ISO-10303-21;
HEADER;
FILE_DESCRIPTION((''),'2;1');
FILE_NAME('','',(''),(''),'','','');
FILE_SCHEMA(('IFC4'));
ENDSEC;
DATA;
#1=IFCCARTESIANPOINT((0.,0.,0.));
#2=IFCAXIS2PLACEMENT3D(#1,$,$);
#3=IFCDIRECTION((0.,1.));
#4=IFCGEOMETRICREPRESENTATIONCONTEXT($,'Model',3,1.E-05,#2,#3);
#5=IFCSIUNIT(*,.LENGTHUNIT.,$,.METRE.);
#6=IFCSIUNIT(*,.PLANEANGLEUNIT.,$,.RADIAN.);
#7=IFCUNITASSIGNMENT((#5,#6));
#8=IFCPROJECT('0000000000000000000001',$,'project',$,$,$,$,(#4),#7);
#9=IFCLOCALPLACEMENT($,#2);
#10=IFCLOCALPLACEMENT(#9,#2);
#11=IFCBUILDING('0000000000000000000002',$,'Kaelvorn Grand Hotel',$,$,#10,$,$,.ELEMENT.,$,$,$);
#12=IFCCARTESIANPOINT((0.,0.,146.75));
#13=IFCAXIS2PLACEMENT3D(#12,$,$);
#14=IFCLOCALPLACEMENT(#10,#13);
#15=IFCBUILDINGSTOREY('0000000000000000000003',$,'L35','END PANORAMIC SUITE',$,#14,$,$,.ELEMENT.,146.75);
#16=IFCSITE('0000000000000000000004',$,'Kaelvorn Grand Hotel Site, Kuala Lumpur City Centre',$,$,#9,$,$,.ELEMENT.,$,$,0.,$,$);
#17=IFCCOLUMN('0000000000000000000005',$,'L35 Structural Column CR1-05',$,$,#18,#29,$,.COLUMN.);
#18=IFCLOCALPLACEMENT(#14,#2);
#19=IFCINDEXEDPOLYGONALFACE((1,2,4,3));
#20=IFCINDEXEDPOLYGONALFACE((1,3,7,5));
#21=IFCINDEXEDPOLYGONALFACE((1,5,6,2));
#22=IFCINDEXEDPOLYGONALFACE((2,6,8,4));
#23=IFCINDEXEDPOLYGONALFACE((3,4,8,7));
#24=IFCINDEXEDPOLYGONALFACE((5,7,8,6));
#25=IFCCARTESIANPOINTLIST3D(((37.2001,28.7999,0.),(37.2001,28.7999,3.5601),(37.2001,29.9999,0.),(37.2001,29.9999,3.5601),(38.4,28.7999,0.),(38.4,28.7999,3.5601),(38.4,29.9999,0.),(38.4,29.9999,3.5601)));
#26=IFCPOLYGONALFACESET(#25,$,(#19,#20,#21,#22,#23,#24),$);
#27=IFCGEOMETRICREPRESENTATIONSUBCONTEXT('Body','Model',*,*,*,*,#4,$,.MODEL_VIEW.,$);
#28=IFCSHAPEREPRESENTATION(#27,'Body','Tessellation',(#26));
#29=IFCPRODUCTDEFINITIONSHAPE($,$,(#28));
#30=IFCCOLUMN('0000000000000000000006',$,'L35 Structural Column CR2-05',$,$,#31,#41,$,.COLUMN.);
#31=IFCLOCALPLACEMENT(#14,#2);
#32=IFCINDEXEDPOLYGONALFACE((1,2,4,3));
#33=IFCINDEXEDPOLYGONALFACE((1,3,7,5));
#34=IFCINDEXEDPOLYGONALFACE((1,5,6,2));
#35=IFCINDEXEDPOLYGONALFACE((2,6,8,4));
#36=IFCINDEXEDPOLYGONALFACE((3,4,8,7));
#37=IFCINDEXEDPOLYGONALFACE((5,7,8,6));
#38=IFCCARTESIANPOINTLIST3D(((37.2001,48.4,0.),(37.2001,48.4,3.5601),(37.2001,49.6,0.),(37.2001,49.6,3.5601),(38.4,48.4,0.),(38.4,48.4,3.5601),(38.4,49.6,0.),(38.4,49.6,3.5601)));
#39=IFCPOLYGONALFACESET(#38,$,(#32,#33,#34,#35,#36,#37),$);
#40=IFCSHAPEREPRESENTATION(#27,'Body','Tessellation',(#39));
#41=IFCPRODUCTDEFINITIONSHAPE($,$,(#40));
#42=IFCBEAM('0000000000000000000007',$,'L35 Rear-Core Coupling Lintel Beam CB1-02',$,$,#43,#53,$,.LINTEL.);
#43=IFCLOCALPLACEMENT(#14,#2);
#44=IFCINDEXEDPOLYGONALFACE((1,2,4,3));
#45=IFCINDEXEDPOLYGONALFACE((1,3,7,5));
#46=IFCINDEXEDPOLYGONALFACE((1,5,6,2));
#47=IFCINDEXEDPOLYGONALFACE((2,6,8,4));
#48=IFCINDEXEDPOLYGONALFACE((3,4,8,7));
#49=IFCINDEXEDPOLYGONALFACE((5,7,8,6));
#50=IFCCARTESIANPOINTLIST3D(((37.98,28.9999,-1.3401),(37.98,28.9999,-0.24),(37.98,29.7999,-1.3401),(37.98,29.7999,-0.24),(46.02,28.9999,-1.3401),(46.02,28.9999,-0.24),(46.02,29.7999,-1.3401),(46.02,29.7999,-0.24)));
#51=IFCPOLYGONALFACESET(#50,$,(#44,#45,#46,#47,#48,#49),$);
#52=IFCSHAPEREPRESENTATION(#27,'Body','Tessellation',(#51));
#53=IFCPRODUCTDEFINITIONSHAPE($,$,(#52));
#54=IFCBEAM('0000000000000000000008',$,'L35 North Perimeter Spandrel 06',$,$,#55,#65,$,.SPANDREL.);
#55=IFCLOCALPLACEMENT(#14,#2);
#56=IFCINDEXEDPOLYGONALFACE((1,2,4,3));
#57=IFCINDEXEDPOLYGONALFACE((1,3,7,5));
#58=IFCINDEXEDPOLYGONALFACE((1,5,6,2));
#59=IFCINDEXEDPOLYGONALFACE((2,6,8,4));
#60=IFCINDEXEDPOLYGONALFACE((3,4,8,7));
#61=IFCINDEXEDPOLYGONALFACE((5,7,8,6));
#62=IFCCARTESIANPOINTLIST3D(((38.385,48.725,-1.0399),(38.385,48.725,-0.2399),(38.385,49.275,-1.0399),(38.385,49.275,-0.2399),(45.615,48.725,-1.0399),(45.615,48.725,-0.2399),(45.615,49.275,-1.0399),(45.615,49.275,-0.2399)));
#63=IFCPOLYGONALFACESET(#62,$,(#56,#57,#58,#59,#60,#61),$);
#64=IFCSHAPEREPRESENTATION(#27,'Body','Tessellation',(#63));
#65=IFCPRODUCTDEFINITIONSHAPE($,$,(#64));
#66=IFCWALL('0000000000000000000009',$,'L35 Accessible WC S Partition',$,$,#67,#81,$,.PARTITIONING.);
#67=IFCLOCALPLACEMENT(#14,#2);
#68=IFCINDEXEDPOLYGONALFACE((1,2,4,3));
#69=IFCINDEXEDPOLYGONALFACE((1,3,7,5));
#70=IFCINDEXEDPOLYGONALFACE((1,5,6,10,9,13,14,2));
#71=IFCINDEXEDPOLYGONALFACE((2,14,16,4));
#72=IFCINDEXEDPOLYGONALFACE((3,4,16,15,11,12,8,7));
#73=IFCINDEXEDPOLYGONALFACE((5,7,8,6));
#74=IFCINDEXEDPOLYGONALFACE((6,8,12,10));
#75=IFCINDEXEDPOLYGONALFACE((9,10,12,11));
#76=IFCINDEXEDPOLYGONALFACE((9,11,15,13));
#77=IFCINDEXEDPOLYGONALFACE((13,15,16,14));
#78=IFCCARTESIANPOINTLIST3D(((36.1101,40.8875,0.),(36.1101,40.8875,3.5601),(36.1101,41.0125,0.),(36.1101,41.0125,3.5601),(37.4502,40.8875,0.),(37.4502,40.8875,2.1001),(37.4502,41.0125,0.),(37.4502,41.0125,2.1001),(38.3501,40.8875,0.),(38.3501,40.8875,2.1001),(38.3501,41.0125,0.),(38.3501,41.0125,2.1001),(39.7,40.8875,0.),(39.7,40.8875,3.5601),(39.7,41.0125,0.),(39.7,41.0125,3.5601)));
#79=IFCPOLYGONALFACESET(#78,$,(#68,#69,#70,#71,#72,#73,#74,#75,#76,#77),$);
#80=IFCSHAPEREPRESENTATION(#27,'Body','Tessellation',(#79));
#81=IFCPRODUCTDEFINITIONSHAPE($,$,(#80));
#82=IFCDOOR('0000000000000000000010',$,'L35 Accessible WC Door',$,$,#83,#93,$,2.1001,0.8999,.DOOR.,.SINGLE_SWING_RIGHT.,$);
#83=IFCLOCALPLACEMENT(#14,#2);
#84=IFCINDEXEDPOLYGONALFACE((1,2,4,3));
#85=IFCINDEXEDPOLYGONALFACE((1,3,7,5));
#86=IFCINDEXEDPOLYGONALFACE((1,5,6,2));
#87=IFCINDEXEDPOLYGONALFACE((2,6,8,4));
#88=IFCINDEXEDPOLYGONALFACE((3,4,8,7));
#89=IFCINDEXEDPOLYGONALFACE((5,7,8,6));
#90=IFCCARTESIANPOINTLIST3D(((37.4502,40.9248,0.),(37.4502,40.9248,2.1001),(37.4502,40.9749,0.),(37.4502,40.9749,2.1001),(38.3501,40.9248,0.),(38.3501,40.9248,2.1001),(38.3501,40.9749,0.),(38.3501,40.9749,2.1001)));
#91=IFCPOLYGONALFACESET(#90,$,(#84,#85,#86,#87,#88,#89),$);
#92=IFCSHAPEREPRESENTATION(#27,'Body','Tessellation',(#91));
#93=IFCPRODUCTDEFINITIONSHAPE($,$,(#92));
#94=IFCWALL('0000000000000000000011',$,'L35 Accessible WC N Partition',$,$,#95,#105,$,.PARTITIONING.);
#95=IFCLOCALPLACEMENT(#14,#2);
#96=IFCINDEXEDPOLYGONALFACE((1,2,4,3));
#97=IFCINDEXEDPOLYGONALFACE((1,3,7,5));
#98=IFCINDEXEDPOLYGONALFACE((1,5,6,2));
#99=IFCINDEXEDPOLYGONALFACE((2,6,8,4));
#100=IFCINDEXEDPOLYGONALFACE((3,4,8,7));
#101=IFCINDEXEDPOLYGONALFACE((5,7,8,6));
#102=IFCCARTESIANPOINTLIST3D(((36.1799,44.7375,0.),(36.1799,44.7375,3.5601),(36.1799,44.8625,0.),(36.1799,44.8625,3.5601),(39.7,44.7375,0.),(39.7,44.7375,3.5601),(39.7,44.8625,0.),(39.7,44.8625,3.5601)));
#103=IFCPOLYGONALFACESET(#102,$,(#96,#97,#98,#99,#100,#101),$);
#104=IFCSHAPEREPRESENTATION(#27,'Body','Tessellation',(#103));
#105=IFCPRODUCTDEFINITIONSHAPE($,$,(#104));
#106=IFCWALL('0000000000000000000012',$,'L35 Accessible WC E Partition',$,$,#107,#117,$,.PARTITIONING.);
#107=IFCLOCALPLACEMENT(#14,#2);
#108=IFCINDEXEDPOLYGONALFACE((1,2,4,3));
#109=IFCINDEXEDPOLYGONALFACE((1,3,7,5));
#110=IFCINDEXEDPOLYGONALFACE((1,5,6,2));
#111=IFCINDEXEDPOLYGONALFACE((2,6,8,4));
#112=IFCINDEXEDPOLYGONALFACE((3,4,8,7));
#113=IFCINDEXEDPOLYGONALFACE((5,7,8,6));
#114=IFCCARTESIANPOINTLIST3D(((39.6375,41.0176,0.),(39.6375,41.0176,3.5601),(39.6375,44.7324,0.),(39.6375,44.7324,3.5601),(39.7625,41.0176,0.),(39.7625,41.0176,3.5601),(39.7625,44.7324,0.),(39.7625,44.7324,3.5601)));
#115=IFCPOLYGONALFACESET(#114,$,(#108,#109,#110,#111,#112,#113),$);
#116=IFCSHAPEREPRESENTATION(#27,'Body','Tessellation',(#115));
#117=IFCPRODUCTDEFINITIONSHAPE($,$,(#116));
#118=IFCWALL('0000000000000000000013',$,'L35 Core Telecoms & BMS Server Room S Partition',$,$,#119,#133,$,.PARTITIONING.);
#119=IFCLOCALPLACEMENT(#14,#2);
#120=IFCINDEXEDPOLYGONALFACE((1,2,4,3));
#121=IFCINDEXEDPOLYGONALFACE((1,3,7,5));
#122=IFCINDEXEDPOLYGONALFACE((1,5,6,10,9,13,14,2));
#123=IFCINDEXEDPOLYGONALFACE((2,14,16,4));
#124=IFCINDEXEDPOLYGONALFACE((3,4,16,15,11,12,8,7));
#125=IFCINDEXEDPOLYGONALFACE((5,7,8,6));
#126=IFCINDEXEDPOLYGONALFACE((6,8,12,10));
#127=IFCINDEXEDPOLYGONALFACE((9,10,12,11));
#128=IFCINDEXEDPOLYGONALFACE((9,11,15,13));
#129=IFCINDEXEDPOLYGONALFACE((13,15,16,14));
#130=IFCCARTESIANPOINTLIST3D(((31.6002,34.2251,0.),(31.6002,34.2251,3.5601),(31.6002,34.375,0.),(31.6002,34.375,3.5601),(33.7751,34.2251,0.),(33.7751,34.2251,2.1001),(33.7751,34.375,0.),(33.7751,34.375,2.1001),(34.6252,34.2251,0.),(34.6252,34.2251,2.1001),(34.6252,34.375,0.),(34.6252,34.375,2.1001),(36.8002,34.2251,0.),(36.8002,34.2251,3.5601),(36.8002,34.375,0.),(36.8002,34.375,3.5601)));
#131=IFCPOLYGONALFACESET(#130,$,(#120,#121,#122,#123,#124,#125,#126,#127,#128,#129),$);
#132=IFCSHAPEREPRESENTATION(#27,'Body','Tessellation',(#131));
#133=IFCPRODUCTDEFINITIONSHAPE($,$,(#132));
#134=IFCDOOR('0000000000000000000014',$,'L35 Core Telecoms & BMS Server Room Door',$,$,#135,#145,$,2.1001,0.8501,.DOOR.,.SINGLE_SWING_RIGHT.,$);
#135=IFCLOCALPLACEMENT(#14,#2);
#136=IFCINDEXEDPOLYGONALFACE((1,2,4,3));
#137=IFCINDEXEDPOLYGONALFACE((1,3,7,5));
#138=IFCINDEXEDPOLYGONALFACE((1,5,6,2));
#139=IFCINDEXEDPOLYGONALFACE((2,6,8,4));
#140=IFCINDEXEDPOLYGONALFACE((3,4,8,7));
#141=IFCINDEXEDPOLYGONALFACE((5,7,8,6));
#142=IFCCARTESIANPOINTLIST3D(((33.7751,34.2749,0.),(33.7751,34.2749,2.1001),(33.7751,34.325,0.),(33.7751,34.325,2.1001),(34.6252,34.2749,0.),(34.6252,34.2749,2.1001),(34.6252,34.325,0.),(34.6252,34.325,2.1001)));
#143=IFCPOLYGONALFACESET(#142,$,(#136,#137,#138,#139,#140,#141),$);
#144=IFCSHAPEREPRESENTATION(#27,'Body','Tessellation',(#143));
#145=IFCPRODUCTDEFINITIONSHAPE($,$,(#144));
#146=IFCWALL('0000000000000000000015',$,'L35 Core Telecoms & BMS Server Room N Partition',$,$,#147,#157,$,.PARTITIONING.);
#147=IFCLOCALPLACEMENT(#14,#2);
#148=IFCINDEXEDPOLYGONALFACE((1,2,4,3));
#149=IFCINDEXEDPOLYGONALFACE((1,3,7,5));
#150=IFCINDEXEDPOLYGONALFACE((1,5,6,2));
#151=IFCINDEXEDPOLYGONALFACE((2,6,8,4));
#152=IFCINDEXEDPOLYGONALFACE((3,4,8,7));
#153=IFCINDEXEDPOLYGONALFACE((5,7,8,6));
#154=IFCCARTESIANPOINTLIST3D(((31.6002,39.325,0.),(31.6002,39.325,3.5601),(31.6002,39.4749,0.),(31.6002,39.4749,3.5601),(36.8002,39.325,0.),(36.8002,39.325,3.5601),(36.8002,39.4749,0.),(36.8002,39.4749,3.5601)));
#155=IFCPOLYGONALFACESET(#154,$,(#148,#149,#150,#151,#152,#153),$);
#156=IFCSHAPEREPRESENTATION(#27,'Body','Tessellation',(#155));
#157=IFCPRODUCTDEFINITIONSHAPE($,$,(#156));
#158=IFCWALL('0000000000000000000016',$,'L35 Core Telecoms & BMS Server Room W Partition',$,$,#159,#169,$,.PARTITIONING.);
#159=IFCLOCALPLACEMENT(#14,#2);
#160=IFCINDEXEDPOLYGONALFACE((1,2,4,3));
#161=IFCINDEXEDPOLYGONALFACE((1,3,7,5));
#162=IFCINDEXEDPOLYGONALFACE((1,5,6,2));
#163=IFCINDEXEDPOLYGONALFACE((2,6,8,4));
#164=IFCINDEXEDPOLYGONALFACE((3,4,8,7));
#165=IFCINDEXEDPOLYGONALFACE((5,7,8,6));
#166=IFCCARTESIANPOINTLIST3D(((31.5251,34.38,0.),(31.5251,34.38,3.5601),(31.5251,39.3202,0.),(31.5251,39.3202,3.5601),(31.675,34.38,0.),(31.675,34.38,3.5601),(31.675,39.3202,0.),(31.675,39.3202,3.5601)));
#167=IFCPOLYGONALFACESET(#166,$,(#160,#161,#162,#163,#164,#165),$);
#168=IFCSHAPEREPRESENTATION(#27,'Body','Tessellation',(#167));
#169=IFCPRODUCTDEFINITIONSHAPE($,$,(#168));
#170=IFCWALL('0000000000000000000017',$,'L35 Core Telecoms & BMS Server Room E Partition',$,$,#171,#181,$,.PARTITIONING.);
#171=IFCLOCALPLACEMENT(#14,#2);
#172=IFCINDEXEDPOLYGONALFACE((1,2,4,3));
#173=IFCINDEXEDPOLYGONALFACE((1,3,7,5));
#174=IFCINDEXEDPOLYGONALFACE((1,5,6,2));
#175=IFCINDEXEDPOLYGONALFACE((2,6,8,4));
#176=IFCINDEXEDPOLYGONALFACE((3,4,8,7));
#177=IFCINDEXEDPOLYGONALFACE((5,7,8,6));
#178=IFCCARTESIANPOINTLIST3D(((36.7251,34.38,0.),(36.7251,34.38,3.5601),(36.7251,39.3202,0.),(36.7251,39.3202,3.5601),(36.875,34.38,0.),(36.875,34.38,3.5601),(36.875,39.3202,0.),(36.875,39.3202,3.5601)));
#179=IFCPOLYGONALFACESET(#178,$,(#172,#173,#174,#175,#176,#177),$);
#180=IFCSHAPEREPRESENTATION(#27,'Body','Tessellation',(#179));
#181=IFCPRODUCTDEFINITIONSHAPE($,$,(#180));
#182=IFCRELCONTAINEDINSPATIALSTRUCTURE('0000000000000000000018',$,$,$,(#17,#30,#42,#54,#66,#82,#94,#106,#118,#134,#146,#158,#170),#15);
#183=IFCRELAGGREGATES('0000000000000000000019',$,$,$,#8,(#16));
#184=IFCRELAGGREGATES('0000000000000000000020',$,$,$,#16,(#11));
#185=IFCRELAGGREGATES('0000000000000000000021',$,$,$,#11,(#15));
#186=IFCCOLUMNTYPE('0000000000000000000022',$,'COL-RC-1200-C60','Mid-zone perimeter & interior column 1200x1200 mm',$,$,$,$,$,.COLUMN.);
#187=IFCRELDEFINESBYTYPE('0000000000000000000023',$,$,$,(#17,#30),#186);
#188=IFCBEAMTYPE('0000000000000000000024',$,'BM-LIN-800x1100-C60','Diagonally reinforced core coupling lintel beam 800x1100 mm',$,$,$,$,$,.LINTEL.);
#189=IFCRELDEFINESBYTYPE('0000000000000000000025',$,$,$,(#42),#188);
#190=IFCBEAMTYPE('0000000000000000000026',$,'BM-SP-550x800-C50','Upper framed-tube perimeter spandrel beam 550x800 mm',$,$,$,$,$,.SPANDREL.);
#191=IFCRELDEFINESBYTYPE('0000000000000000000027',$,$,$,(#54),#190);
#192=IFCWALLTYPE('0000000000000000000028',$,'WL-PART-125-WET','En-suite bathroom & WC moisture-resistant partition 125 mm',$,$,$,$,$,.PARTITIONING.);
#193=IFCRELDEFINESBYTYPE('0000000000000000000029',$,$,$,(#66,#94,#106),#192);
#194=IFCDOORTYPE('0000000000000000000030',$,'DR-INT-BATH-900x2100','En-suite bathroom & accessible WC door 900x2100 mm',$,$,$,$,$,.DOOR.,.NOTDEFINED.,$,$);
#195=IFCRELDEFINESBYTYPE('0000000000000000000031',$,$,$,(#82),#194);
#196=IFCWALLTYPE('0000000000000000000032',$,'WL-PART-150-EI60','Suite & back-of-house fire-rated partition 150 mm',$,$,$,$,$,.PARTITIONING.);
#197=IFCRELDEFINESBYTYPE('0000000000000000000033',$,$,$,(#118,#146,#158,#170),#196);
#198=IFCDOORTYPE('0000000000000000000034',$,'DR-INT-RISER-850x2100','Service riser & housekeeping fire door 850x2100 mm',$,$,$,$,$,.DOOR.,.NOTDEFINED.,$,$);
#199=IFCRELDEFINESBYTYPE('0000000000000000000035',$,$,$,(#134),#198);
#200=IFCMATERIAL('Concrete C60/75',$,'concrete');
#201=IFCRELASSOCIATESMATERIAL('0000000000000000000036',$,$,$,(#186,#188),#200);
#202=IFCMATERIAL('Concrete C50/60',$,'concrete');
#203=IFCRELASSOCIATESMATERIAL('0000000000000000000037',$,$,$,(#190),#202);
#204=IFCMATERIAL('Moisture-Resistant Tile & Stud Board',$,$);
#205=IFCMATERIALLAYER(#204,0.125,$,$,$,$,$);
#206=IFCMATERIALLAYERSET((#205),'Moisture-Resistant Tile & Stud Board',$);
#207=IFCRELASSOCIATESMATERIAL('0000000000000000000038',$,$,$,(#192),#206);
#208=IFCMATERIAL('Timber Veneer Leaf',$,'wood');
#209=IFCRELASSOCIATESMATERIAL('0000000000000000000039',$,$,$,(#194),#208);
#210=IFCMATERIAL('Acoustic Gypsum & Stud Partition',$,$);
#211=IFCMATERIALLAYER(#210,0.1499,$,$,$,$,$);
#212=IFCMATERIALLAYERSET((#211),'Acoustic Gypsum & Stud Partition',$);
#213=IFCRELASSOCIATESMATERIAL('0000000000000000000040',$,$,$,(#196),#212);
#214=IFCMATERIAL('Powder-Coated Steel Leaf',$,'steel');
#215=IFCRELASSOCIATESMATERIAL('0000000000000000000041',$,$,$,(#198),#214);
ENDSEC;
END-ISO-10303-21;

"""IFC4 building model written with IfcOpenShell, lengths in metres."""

from ifc_helpers import new_model, si_unit, direction, frame, frame_2d, origin, origin_2d, place, context, subcontext, project, spatial, rectangle, extrude, material, layer, layer_set, material_profile, profile_set, type_object, element, fill, save


model = new_model("IFC4")

# Units and contexts
model_context = context("Model", 3, precision=1e-05, world=origin(), true_north=direction((0.0, 1.0)))
body_context = subcontext(model_context, "Body", "Model", "MODEL_VIEW")
ifc_project = project(units=[si_unit("LENGTHUNIT", "METRE"), si_unit("PLANEANGLEUNIT", "RADIAN")], contexts=[model_context])

# Site, building, storey
site_placement = place(None, origin())
site = spatial("IfcSite", under=ifc_project, at=site_placement, Name="Kaelvorn Grand Hotel Site, Kuala Lumpur City Centre", CompositionType="ELEMENT", RefElevation=0.0)
building_placement = place(site_placement, origin())
building = spatial("IfcBuilding", under=site, at=building_placement, Name="Kaelvorn Grand Hotel", CompositionType="ELEMENT")
storey_placement = place(building_placement, frame((0.0, 0.0, 146.75)))
storey = spatial("IfcBuildingStorey", under=building, at=storey_placement, Name="L35", Description="END PANORAMIC SUITE", CompositionType="ELEMENT", Elevation=146.75)

# Columns
ifc_material_1 = material(Name="Concrete C60/75", Category="concrete")
ifc_material_profile_1 = material_profile(ifc_material_1, rectangle(XDim=1.2, YDim=1.2, at=origin_2d()), Name="RC COL 1200x1200")
ifc_profile_set_1 = profile_set([ifc_material_profile_1], Name="Concrete C60/75")
column_type = type_object("IfcColumnType", Name="COL-RC-1200-C60", Description="Mid-zone perimeter & interior column 1200x1200 mm", PredefinedType="COLUMN", material=ifc_profile_set_1)
for number, where, z_axis, x_axis, name in (
    (1, (37.8, 29.3999, 0.0), (0.0, 0.0, 1.0), (1.0, 0.0, 0.0), "L35 Structural Column CR1-05"),
    (2, (37.8, 49.0, 0.0), (0.0, 0.0, 1.0), (1.0, 0.0, 0.0), "L35 Structural Column CR2-05"),
):
    element("IfcColumn", number, at=place(storey_placement, frame(where, z_axis=z_axis, x_axis=x_axis)), inside=storey, type_object=column_type, Name=name, PredefinedType="COLUMN", context=body_context, shape_type="SweptSolid", body=[
        extrude(rectangle(XDim=1.2, YDim=1.2, at=origin_2d()), origin(), (0.0, 0.0, 1.0), 3.5601),
    ])

# Beams
ifc_material_profile_2 = material_profile(ifc_material_1, rectangle(XDim=0.8, YDim=1.1001, at=origin_2d()), Name="RC LINTEL 800x1100")
ifc_profile_set_2 = profile_set([ifc_material_profile_2], Name="Concrete C60/75")
beam_type_1 = type_object("IfcBeamType", Name="BM-LIN-800x1100-C60", Description="Diagonally reinforced core coupling lintel beam 800x1100 mm", PredefinedType="LINTEL", material=ifc_profile_set_2)
beam_1_placement = place(storey_placement, frame((37.98, 29.3999, -0.79), z_axis=(1.0, 0.0, 0.0), x_axis=(0.0, 1.0, 0.0)))
element("IfcBeam", 3, at=beam_1_placement, inside=storey, type_object=beam_type_1, Name="L35 Rear-Core Coupling Lintel Beam CB1-02", PredefinedType="LINTEL", context=body_context, shape_type="SweptSolid", body=[
    extrude(rectangle(XDim=0.8, YDim=1.1001, at=origin_2d()), origin(), (0.0, 0.0, 1.0), 8.04),
])
ifc_material_2 = material(Name="Concrete C50/60", Category="concrete")
ifc_material_profile_3 = material_profile(ifc_material_2, rectangle(XDim=0.55, YDim=0.8, at=origin_2d()), Name="RC SPANDREL 550x800")
ifc_profile_set_3 = profile_set([ifc_material_profile_3], Name="Concrete C50/60")
beam_type_2 = type_object("IfcBeamType", Name="BM-SP-550x800-C50", Description="Upper framed-tube perimeter spandrel beam 550x800 mm", PredefinedType="SPANDREL", material=ifc_profile_set_3)
beam_2_placement = place(storey_placement, frame((38.385, 49.0, -0.6399), z_axis=(1.0, 0.0, 0.0), x_axis=(0.0, 1.0, 0.0)))
element("IfcBeam", 4, at=beam_2_placement, inside=storey, type_object=beam_type_2, Name="L35 North Perimeter Spandrel 06", PredefinedType="SPANDREL", context=body_context, shape_type="SweptSolid", body=[
    extrude(rectangle(XDim=0.55, YDim=0.8, at=origin_2d()), origin(), (0.0, 0.0, 1.0), 7.23),
])

# Wall, opening, door
ifc_material_3 = material(Name="Moisture-Resistant Tile & Stud Board")
ifc_layer_1 = layer(ifc_material_3, 0.125)
ifc_layer_set_1 = layer_set([ifc_layer_1], Name="Moisture-Resistant Tile & Stud Board")
wall_type_1 = type_object("IfcWallType", Name="WL-PART-125-WET", Description="En-suite bathroom & WC moisture-resistant partition 125 mm", PredefinedType="PARTITIONING", material=ifc_layer_set_1)
wall_1_placement = place(storey_placement, frame((36.1101, 40.95, 0.0), z_axis=(0.0, 0.0, 1.0), x_axis=(1.0, 0.0, 0.0)))
wall_1 = element("IfcWall", 5, at=wall_1_placement, inside=storey, type_object=wall_type_1, Name="L35 Accessible WC S Partition", PredefinedType="PARTITIONING", context=body_context, shape_type="SweptSolid", body=[
    extrude(rectangle(XDim=3.5898, YDim=0.125, at=frame_2d((1.7949, 0.0))), origin(), (0.0, 0.0, 1.0), 3.5601),
])
opening_1_placement = place(wall_1_placement, frame((1.3401, 0.0, 0.0)))
opening_1 = element("IfcOpeningElement", 6, at=opening_1_placement, cuts=wall_1, PredefinedType="OPENING", context=body_context, shape_type="SweptSolid", body=[
    extrude(rectangle(XDim=0.8999, YDim=2.1001, at=frame_2d((0.45, 1.05))), frame((0.0, 0.0725, 0.0), z_axis=(0.0, -1.0, 0.0), x_axis=(1.0, 0.0, 0.0)), (0.0, 0.0, 1.0), 0.145),
])
ifc_material_4 = material(Name="Timber Veneer Leaf", Category="wood")
door_type_1 = type_object("IfcDoorType", Name="DR-INT-BATH-900x2100", Description="En-suite bathroom & accessible WC door 900x2100 mm", OperationType="NOTDEFINED", PredefinedType="DOOR", material=ifc_material_4)
door_1_placement = place(opening_1_placement, origin())
door_1 = element("IfcDoor", 7, at=door_1_placement, inside=storey, type_object=door_type_1, Name="L35 Accessible WC Door", OperationType="SINGLE_SWING_RIGHT", OverallHeight=2.1001, OverallWidth=0.8999, PredefinedType="DOOR", context=body_context, shape_type="SweptSolid", body=[
    extrude(rectangle(XDim=0.8999, YDim=2.1001, at=frame_2d((0.45, 1.05))), frame((0.0, 0.0249, 0.0), z_axis=(0.0, -1.0, 0.0), x_axis=(1.0, 0.0, 0.0)), (0.0, 0.0, 1.0), 0.05),
])
fill(opening_1, door_1)

# Walls
wall_2_placement = place(storey_placement, frame((36.1799, 44.8, 0.0), z_axis=(0.0, 0.0, 1.0), x_axis=(1.0, 0.0, 0.0)))
element("IfcWall", 8, at=wall_2_placement, inside=storey, type_object=wall_type_1, Name="L35 Accessible WC N Partition", PredefinedType="PARTITIONING", context=body_context, shape_type="SweptSolid", body=[
    extrude(rectangle(XDim=3.52, YDim=0.125, at=frame_2d((1.76, 0.0))), origin(), (0.0, 0.0, 1.0), 3.5601),
])
wall_3_placement = place(storey_placement, frame((39.7, 41.0176, 0.0), z_axis=(0.0, 0.0, 1.0), x_axis=(0.0, 1.0, 0.0)))
element("IfcWall", 9, at=wall_3_placement, inside=storey, type_object=wall_type_1, Name="L35 Accessible WC E Partition", PredefinedType="PARTITIONING", context=body_context, shape_type="SweptSolid", body=[
    extrude(rectangle(XDim=3.7148, YDim=0.125, at=frame_2d((1.8574, 0.0))), origin(), (0.0, 0.0, 1.0), 3.5601),
])

# Wall, opening, door
ifc_material_5 = material(Name="Acoustic Gypsum & Stud Partition")
ifc_layer_2 = layer(ifc_material_5, 0.1499)
ifc_layer_set_2 = layer_set([ifc_layer_2], Name="Acoustic Gypsum & Stud Partition")
wall_type_2 = type_object("IfcWallType", Name="WL-PART-150-EI60", Description="Suite & back-of-house fire-rated partition 150 mm", PredefinedType="PARTITIONING", material=ifc_layer_set_2)
wall_4_placement = place(storey_placement, frame((31.6001, 34.3, 0.0), z_axis=(0.0, 0.0, 1.0), x_axis=(1.0, 0.0, 0.0)))
wall_4 = element("IfcWall", 10, at=wall_4_placement, inside=storey, type_object=wall_type_2, Name="L35 Core Telecoms & BMS Server Room S Partition", PredefinedType="PARTITIONING", context=body_context, shape_type="SweptSolid", body=[
    extrude(rectangle(XDim=5.2, YDim=0.1499, at=frame_2d((2.6001, 0.0))), origin(), (0.0, 0.0, 1.0), 3.5601),
])
opening_2_placement = place(wall_4_placement, frame((2.175, 0.0, 0.0)))
opening_2 = element("IfcOpeningElement", 11, at=opening_2_placement, cuts=wall_4, PredefinedType="OPENING", context=body_context, shape_type="SweptSolid", body=[
    extrude(rectangle(XDim=0.8501, YDim=2.1001, at=frame_2d((0.425, 1.05))), frame((0.0, 0.085, 0.0), z_axis=(0.0, -1.0, 0.0), x_axis=(1.0, 0.0, 0.0)), (0.0, 0.0, 1.0), 0.1699),
])
ifc_material_6 = material(Name="Powder-Coated Steel Leaf", Category="steel")
door_type_2 = type_object("IfcDoorType", Name="DR-INT-RISER-850x2100", Description="Service riser & housekeeping fire door 850x2100 mm", OperationType="NOTDEFINED", PredefinedType="DOOR", material=ifc_material_6)
door_2_placement = place(opening_2_placement, origin())
door_2 = element("IfcDoor", 12, at=door_2_placement, inside=storey, type_object=door_type_2, Name="L35 Core Telecoms & BMS Server Room Door", OperationType="SINGLE_SWING_RIGHT", OverallHeight=2.1001, OverallWidth=0.8501, PredefinedType="DOOR", context=body_context, shape_type="SweptSolid", body=[
    extrude(rectangle(XDim=0.8501, YDim=2.1001, at=frame_2d((0.425, 1.05))), frame((0.0, 0.0249, 0.0), z_axis=(0.0, -1.0, 0.0), x_axis=(1.0, 0.0, 0.0)), (0.0, 0.0, 1.0), 0.05),
])
fill(opening_2, door_2)

# Walls
wall_5_placement = place(storey_placement, frame((31.6001, 39.3999, 0.0), z_axis=(0.0, 0.0, 1.0), x_axis=(1.0, 0.0, 0.0)))
element("IfcWall", 13, at=wall_5_placement, inside=storey, type_object=wall_type_2, Name="L35 Core Telecoms & BMS Server Room N Partition", PredefinedType="PARTITIONING", context=body_context, shape_type="SweptSolid", body=[
    extrude(rectangle(XDim=5.2, YDim=0.1499, at=frame_2d((2.6001, 0.0))), origin(), (0.0, 0.0, 1.0), 3.5601),
])
for number, where, z_axis, x_axis, name in (
    (14, (31.6001, 34.3799, 0.0), (0.0, 0.0, 1.0), (0.0, 1.0, 0.0), "L35 Core Telecoms & BMS Server Room W Partition"),
    (15, (36.8, 34.3799, 0.0), (0.0, 0.0, 1.0), (0.0, 1.0, 0.0), "L35 Core Telecoms & BMS Server Room E Partition"),
):
    element("IfcWall", number, at=place(storey_placement, frame(where, z_axis=z_axis, x_axis=x_axis)), inside=storey, type_object=wall_type_2, Name=name, PredefinedType="PARTITIONING", context=body_context, shape_type="SweptSolid", body=[
        extrude(rectangle(XDim=4.9402, YDim=0.1499, at=frame_2d((2.4702, 0.0))), origin(), (0.0, 0.0, 1.0), 3.5601),
    ])

save(model, "model.ifc")
